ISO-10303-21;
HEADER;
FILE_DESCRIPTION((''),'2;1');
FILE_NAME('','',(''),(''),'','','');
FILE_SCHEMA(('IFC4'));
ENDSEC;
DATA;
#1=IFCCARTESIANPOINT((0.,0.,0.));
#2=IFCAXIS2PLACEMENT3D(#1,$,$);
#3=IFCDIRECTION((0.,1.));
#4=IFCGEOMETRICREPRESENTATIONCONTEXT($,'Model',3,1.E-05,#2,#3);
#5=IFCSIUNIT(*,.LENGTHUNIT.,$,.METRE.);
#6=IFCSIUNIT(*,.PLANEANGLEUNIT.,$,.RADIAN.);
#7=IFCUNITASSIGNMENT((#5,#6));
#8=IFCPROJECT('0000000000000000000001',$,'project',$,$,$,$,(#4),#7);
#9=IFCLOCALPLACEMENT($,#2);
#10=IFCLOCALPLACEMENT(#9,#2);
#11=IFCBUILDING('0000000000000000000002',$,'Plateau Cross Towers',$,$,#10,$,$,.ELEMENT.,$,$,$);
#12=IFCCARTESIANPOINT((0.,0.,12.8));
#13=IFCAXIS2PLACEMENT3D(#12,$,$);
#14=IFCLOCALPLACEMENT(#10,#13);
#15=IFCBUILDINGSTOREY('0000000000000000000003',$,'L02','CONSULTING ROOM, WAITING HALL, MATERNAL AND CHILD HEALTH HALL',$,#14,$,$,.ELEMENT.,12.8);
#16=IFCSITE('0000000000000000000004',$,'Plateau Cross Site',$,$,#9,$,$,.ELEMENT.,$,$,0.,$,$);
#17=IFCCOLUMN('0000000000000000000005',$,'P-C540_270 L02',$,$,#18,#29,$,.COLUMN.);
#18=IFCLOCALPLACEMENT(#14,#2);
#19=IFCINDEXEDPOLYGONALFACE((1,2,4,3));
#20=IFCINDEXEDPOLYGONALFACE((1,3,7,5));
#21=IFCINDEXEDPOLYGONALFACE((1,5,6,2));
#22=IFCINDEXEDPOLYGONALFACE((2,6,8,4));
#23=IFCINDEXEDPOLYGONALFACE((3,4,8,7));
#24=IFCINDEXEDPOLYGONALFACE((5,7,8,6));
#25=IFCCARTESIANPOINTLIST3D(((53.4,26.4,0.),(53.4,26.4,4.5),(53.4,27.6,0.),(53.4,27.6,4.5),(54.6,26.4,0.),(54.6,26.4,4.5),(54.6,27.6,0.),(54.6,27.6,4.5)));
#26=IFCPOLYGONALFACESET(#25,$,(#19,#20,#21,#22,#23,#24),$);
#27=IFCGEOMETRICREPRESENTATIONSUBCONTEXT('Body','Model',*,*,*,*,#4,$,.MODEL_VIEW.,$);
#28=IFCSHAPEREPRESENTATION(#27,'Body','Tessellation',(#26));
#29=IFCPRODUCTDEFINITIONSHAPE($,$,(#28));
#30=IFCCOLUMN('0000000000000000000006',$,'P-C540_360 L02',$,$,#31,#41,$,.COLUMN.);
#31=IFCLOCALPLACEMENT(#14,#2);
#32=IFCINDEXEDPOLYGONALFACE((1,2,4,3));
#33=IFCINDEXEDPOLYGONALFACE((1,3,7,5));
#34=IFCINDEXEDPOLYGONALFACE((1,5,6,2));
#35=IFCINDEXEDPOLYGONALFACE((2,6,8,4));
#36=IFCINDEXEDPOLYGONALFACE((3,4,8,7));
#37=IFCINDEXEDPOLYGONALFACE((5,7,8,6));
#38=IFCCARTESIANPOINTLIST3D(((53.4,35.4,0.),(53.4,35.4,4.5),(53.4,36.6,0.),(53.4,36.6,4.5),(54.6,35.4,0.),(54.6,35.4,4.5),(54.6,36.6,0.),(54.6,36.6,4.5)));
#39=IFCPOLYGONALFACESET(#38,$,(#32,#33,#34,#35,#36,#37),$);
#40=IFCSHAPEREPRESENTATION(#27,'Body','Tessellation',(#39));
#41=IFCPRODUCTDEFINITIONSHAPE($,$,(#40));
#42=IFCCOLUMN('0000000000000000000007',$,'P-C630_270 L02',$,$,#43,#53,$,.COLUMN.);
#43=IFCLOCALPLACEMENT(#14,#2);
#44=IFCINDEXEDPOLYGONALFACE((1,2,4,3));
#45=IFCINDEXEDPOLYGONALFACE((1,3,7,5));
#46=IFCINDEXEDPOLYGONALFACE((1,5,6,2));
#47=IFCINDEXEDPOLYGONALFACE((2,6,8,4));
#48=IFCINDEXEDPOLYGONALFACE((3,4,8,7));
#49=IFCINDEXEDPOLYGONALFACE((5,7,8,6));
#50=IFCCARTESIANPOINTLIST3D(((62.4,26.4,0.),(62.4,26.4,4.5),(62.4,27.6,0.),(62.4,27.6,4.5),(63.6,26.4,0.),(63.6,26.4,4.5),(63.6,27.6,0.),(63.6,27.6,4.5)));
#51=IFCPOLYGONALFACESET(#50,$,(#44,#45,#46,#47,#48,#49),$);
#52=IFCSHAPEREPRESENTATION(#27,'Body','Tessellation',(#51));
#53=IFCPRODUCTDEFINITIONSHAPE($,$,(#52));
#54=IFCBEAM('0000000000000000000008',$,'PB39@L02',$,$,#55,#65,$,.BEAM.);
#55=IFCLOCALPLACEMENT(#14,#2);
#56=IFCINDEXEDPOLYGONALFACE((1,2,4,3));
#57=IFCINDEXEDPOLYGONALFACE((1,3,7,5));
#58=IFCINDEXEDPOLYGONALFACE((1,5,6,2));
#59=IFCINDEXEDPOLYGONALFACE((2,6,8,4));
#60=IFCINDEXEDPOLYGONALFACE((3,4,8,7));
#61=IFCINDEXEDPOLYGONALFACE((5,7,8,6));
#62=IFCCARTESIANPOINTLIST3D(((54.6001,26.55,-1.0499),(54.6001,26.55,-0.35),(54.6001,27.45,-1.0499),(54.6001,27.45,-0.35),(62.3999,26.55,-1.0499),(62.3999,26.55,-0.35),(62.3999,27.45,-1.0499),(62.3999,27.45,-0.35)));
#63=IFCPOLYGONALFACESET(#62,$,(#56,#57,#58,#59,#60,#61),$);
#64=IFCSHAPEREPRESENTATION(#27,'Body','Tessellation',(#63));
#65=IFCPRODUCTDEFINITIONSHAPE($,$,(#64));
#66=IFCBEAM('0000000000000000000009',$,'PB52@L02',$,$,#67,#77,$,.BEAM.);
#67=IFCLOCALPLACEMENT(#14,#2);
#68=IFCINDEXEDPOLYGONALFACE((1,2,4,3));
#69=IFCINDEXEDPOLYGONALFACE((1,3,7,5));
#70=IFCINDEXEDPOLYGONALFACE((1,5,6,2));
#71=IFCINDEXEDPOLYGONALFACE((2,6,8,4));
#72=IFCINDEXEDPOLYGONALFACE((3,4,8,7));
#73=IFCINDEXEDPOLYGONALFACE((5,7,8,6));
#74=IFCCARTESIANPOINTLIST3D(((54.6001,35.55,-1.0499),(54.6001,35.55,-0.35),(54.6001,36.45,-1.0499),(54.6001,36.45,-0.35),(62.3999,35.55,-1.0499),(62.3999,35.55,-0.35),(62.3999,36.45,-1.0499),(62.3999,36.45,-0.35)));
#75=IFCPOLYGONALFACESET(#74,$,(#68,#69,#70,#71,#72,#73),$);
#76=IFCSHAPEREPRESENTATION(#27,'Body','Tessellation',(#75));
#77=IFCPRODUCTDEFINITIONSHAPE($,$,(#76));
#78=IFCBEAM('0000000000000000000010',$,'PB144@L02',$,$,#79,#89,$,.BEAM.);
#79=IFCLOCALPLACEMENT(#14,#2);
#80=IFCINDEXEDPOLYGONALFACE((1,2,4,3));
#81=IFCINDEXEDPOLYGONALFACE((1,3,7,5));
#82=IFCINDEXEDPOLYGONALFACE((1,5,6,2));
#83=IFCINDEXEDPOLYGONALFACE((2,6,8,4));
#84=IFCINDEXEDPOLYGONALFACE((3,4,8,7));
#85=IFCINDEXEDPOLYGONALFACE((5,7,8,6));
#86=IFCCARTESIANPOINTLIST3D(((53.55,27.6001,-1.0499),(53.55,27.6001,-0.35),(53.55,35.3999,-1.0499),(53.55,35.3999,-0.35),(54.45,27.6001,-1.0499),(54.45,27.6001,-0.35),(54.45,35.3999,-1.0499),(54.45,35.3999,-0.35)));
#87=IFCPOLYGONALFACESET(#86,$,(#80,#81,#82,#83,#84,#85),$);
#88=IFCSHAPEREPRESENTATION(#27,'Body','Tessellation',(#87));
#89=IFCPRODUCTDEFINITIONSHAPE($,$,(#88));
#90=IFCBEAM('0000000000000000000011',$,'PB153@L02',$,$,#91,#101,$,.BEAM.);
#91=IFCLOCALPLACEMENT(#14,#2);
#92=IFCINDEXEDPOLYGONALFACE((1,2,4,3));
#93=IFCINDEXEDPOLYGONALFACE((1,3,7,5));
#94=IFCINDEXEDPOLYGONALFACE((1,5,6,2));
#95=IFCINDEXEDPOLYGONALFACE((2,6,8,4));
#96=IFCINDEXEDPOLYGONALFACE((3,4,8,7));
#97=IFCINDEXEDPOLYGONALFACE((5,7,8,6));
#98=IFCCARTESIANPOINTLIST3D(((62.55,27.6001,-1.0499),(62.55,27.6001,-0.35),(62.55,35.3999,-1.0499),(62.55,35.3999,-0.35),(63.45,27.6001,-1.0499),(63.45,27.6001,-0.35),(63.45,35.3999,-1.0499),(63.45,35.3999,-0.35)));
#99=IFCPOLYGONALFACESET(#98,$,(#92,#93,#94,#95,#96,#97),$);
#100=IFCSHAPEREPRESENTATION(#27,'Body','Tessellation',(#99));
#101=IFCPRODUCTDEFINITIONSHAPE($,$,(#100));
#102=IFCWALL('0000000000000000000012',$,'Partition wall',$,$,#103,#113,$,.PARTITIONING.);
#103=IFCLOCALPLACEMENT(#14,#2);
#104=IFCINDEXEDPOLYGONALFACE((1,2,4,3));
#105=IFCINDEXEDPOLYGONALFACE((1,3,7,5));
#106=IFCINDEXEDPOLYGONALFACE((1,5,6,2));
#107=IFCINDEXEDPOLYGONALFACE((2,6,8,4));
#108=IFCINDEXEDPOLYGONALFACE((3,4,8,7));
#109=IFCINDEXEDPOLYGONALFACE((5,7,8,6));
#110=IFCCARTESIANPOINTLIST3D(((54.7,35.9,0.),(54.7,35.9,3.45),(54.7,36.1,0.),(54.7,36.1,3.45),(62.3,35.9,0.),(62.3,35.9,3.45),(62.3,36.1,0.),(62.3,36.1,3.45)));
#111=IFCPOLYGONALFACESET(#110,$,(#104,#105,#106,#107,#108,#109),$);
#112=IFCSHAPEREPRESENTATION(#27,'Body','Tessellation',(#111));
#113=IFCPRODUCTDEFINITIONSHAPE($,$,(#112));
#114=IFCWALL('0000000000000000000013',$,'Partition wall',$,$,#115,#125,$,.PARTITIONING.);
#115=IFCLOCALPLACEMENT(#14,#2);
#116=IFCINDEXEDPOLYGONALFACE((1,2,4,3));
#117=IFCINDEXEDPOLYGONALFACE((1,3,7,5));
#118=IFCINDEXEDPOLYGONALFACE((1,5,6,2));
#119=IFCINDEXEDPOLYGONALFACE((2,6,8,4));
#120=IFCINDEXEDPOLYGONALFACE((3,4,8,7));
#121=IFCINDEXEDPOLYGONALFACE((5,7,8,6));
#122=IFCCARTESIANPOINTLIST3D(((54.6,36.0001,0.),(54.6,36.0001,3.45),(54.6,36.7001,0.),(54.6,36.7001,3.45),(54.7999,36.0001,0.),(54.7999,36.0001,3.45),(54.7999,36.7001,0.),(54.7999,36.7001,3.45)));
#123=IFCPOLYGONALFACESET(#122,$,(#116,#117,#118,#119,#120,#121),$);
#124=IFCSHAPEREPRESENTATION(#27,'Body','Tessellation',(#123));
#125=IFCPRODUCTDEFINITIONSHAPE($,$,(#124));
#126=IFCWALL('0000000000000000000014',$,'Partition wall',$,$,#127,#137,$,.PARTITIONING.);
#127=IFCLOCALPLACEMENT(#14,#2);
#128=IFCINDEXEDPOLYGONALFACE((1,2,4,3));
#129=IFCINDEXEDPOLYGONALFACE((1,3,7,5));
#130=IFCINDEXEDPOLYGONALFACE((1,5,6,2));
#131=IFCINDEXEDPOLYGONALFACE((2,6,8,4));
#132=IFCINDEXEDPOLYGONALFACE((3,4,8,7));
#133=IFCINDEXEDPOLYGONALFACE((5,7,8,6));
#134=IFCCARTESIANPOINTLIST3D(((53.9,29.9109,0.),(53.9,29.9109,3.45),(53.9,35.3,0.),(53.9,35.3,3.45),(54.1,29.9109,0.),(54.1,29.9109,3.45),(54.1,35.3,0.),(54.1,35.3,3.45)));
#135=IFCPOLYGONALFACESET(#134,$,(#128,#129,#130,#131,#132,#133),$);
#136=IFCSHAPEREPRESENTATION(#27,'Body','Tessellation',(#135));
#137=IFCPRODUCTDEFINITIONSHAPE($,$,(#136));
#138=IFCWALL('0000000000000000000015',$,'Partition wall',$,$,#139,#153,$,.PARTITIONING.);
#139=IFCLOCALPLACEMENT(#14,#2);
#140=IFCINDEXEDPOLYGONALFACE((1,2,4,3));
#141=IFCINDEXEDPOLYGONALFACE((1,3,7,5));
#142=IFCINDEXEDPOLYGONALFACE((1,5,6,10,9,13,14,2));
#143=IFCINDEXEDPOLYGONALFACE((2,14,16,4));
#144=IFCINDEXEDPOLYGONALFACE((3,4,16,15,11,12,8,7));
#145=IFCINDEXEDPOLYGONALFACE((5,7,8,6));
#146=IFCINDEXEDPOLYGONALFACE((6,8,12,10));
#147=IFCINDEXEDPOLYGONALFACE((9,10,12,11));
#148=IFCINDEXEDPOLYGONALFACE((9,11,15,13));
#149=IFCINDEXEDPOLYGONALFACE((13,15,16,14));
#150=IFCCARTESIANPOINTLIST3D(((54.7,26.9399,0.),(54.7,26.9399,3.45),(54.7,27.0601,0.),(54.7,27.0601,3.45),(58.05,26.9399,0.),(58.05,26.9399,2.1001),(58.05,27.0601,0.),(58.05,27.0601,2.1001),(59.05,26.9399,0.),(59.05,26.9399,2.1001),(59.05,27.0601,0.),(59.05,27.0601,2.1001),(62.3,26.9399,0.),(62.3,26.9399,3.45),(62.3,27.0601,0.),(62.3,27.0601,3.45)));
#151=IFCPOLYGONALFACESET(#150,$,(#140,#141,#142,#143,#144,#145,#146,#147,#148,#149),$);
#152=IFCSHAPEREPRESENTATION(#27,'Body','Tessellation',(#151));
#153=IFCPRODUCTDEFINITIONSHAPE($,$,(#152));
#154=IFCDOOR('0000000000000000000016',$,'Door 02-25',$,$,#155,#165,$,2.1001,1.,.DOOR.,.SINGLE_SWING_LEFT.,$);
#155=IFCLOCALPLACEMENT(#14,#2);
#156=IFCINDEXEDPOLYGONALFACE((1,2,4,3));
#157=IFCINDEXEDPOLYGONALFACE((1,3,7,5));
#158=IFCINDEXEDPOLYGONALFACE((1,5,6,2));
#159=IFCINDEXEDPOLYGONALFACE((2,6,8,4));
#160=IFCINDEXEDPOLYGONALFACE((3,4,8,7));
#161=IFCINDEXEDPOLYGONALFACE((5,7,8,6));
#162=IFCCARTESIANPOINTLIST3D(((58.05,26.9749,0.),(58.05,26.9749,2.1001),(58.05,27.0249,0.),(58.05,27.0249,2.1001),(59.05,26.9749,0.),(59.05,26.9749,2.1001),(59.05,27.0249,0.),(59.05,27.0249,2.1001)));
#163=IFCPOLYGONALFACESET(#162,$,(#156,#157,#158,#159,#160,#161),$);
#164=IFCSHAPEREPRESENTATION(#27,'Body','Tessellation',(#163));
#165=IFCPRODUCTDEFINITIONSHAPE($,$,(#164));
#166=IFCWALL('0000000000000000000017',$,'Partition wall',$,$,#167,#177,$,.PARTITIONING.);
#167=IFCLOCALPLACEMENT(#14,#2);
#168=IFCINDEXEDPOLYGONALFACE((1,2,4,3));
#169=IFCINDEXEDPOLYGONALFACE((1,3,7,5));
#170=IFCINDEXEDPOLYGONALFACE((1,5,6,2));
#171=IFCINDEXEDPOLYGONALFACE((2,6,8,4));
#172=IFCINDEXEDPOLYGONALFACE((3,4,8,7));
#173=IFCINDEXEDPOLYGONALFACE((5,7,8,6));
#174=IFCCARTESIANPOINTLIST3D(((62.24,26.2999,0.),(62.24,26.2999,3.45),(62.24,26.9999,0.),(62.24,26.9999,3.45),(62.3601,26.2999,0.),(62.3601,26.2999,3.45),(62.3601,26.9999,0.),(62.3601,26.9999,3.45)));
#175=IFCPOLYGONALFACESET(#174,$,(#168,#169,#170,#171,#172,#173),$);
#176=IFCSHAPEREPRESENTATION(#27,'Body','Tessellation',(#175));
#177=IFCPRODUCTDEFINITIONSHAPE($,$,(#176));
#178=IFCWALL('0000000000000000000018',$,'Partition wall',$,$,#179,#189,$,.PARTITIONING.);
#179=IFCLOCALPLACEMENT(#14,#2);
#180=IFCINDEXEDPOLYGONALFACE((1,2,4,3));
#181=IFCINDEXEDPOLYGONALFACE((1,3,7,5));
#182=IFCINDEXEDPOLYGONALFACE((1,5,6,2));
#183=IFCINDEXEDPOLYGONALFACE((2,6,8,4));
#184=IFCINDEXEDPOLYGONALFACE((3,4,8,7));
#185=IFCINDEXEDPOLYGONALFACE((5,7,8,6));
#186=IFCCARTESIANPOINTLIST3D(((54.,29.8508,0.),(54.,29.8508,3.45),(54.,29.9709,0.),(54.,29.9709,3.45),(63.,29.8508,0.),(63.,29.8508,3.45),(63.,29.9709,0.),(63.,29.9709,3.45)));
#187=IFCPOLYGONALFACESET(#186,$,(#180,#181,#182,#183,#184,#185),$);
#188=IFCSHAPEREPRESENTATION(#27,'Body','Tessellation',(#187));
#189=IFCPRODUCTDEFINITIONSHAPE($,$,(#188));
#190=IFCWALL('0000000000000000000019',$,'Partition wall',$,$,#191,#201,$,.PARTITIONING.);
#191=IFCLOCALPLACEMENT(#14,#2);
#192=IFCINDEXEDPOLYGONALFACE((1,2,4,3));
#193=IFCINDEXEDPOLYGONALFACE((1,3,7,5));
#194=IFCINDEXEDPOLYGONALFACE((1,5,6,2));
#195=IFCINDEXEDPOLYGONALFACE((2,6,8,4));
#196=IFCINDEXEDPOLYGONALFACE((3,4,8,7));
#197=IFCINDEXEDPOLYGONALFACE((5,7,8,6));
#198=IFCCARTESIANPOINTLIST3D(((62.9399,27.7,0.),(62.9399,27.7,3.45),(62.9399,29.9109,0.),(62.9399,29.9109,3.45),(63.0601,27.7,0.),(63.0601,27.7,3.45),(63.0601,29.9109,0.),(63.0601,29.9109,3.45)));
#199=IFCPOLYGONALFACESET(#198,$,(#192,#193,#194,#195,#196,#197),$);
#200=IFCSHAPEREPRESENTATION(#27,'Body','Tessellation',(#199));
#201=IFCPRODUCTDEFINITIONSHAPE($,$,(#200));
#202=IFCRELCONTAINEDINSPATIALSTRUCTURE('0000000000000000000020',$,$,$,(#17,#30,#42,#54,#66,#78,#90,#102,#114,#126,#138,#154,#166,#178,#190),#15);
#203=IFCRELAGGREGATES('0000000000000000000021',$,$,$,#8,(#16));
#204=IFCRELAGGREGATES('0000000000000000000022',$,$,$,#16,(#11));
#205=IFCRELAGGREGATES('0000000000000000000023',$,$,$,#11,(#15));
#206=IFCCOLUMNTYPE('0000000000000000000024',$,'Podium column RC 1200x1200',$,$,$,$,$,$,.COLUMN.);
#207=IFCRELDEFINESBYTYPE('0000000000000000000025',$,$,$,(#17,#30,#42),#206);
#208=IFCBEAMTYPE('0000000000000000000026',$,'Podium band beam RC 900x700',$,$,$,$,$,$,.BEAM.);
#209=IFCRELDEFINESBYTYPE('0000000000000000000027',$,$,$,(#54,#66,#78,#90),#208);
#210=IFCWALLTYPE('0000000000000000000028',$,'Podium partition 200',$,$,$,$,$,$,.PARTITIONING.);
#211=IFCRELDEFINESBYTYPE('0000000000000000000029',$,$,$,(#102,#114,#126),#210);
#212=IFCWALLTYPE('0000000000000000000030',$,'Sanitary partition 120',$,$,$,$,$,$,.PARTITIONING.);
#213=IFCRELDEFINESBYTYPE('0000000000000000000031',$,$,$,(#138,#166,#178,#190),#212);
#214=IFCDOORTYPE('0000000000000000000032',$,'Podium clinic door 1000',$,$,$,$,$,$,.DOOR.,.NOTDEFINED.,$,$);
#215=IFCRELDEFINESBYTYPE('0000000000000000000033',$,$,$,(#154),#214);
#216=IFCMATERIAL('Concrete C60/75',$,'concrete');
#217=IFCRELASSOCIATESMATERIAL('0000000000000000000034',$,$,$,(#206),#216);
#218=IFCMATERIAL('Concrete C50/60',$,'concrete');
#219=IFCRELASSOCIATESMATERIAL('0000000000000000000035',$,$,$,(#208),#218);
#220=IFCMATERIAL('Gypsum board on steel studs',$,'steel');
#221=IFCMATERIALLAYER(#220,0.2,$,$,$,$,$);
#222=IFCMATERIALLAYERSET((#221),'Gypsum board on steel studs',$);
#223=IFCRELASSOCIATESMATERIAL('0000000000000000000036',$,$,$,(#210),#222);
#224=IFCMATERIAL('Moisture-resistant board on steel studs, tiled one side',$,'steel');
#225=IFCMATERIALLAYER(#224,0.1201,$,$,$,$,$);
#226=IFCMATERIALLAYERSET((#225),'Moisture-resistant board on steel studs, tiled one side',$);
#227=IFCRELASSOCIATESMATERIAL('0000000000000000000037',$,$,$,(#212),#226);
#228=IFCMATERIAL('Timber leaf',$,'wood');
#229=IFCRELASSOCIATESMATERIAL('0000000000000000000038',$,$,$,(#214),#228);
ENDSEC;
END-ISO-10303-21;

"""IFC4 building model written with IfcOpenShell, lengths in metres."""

from ifc_helpers import new_model, si_unit, direction, frame, frame_2d, origin, origin_2d, place, context, subcontext, project, spatial, rectangle, extrude, material, layer, layer_set, material_profile, profile_set, type_object, element, fill, save


model = new_model("IFC4")

# Units and contexts
model_context = context("Model", 3, precision=1e-05, world=origin(), true_north=direction((0.0, 1.0)))
body_context = subcontext(model_context, "Body", "Model", "MODEL_VIEW")
ifc_project = project(units=[si_unit("LENGTHUNIT", "METRE"), si_unit("PLANEANGLEUNIT", "RADIAN")], contexts=[model_context])

# Site, building, storey
site_placement = place(None, origin())
site = spatial("IfcSite", under=ifc_project, at=site_placement, Name="Plateau Cross Site", CompositionType="ELEMENT", RefElevation=0.0)
building_placement = place(site_placement, origin())
building = spatial("IfcBuilding", under=site, at=building_placement, Name="Plateau Cross Towers", CompositionType="ELEMENT")
storey_placement = place(building_placement, frame((0.0, 0.0, 12.8)))
storey = spatial("IfcBuildingStorey", under=building, at=storey_placement, Name="L02", Description="CONSULTING ROOM, WAITING HALL, MATERNAL AND CHILD HEALTH HALL", CompositionType="ELEMENT", Elevation=12.8)

# Columns
ifc_material_1 = material(Name="Concrete C60/75", Category="concrete")
ifc_material_profile_1 = material_profile(ifc_material_1, rectangle(XDim=1.2, YDim=1.2, at=origin_2d()), Name="RC 1200x1200")
ifc_profile_set_1 = profile_set([ifc_material_profile_1], Name="Concrete C60/75")
column_type = type_object("IfcColumnType", Name="Podium column RC 1200x1200", PredefinedType="COLUMN", material=ifc_profile_set_1)
for number, where, z_axis, x_axis, name in (
    (1, (54.0, 27.0, 0.0), (0.0, 0.0, 1.0), (1.0, 0.0, 0.0), "P-C540_270 L02"),
    (2, (54.0, 36.0, 0.0), (0.0, 0.0, 1.0), (1.0, 0.0, 0.0), "P-C540_360 L02"),
    (3, (63.0, 27.0, 0.0), (0.0, 0.0, 1.0), (1.0, 0.0, 0.0), "P-C630_270 L02"),
):
    element("IfcColumn", number, at=place(storey_placement, frame(where, z_axis=z_axis, x_axis=x_axis)), inside=storey, type_object=column_type, Name=name, PredefinedType="COLUMN", context=body_context, shape_type="SweptSolid", body=[
        extrude(rectangle(XDim=1.2, YDim=1.2, at=origin_2d()), origin(), (0.0, 0.0, 1.0), 4.5),
    ])

# Beams
ifc_material_2 = material(Name="Concrete C50/60", Category="concrete")
ifc_material_profile_2 = material_profile(ifc_material_2, rectangle(XDim=0.8999, YDim=0.7, at=origin_2d()), Name="RC 900x700")
ifc_profile_set_2 = profile_set([ifc_material_profile_2], Name="Concrete C50/60")
beam_type = type_object("IfcBeamType", Name="Podium band beam RC 900x700", PredefinedType="BEAM", material=ifc_profile_set_2)
for number, where, z_axis, x_axis, name in (
    (4, (54.6001, 27.0, -0.7), (1.0, 0.0, 0.0), (0.0, 1.0, 0.0), "PB39@L02"),
    (5, (54.6001, 36.0, -0.7), (1.0, 0.0, 0.0), (0.0, 1.0, 0.0), "PB52@L02"),
    (6, (54.0, 27.6001, -0.7), (0.0, 1.0, 0.0), (-1.0, 0.0, 0.0), "PB144@L02"),
    (7, (63.0, 27.6001, -0.7), (0.0, 1.0, 0.0), (-1.0, 0.0, 0.0), "PB153@L02"),
):
    element("IfcBeam", number, at=place(storey_placement, frame(where, z_axis=z_axis, x_axis=x_axis)), inside=storey, type_object=beam_type, Name=name, PredefinedType="BEAM", context=body_context, shape_type="SweptSolid", body=[
        extrude(rectangle(XDim=0.8999, YDim=0.7, at=origin_2d()), origin(), (0.0, 0.0, 1.0), 7.7998),
    ])

# Walls
ifc_material_3 = material(Name="Gypsum board on steel studs", Category="steel")
ifc_layer_1 = layer(ifc_material_3, 0.2)
ifc_layer_set_1 = layer_set([ifc_layer_1], Name="Gypsum board on steel studs")
wall_type_1 = type_object("IfcWallType", Name="Podium partition 200", PredefinedType="PARTITIONING", material=ifc_layer_set_1)
wall_1_placement = place(storey_placement, frame((62.3, 36.0, 0.0), z_axis=(0.0, 0.0, 1.0), x_axis=(-1.0, 0.0, 0.0)))
element("IfcWall", 8, at=wall_1_placement, inside=storey, type_object=wall_type_1, Name="Partition wall", PredefinedType="PARTITIONING", context=body_context, shape_type="SweptSolid", body=[
    extrude(rectangle(XDim=7.6001, YDim=0.2, at=frame_2d((3.8, 0.0))), origin(), (0.0, 0.0, 1.0), 3.45),
])
wall_2_placement = place(storey_placement, frame((54.7, 36.0, 0.0), z_axis=(0.0, 0.0, 1.0), x_axis=(0.0, 1.0, 0.0)))
element("IfcWall", 9, at=wall_2_placement, inside=storey, type_object=wall_type_1, Name="Partition wall", PredefinedType="PARTITIONING", context=body_context, shape_type="SweptSolid", body=[
    extrude(rectangle(XDim=0.7, YDim=0.2, at=frame_2d((0.3501, 0.0))), origin(), (0.0, 0.0, 1.0), 3.45),
])
wall_3_placement = place(storey_placement, frame((54.0, 35.3, 0.0), z_axis=(0.0, 0.0, 1.0), x_axis=(0.0, -1.0, 0.0)))
element("IfcWall", 10, at=wall_3_placement, inside=storey, type_object=wall_type_1, Name="Partition wall", PredefinedType="PARTITIONING", context=body_context, shape_type="SweptSolid", body=[
    extrude(rectangle(XDim=5.3892, YDim=0.2, at=frame_2d((2.6946, 0.0))), origin(), (0.0, 0.0, 1.0), 3.45),
])

# Wall, opening, door
ifc_material_4 = material(Name="Moisture-resistant board on steel studs, tiled one side", Category="steel")
ifc_layer_2 = layer(ifc_material_4, 0.1201)
ifc_layer_set_2 = layer_set([ifc_layer_2], Name="Moisture-resistant board on steel studs, tiled one side")
wall_type_2 = type_object("IfcWallType", Name="Sanitary partition 120", PredefinedType="PARTITIONING", material=ifc_layer_set_2)
wall_4_placement = place(storey_placement, frame((54.7, 27.0, 0.0), z_axis=(0.0, 0.0, 1.0), x_axis=(1.0, 0.0, 0.0)))
wall_4 = element("IfcWall", 11, at=wall_4_placement, inside=storey, type_object=wall_type_2, Name="Partition wall", PredefinedType="PARTITIONING", context=body_context, shape_type="SweptSolid", body=[
    extrude(rectangle(XDim=7.6001, YDim=0.1201, at=frame_2d((3.8, 0.0))), origin(), (0.0, 0.0, 1.0), 3.45),
])
opening_placement = place(wall_4_placement, frame((3.3501, 0.0, 0.0)))
opening = element("IfcOpeningElement", 12, at=opening_placement, cuts=wall_4, PredefinedType="OPENING", context=body_context, shape_type="SweptSolid", body=[
    extrude(rectangle(XDim=1.0, YDim=2.1001, at=frame_2d((0.5, 1.05))), frame((0.0, 0.0701, 0.0), z_axis=(0.0, -1.0, 0.0), x_axis=(1.0, 0.0, 0.0)), (0.0, 0.0, 1.0), 0.1401),
])
ifc_material_5 = material(Name="Timber leaf", Category="wood")
door_type = type_object("IfcDoorType", Name="Podium clinic door 1000", OperationType="NOTDEFINED", PredefinedType="DOOR", material=ifc_material_5)
door_placement = place(opening_placement, origin())
door = element("IfcDoor", 13, at=door_placement, inside=storey, type_object=door_type, Name="Door 02-25", OperationType="SINGLE_SWING_LEFT", OverallHeight=2.1001, OverallWidth=1.0, PredefinedType="DOOR", context=body_context, shape_type="SweptSolid", body=[
    extrude(rectangle(XDim=1.0, YDim=2.1001, at=frame_2d((0.5, 1.05))), frame((0.0, 0.0249, 0.0), z_axis=(0.0, -1.0, 0.0), x_axis=(1.0, 0.0, 0.0)), (0.0, 0.0, 1.0), 0.05),
])
fill(opening, door)

# Walls
wall_5_placement = place(storey_placement, frame((62.3, 27.0, 0.0), z_axis=(0.0, 0.0, 1.0), x_axis=(0.0, -1.0, 0.0)))
element("IfcWall", 14, at=wall_5_placement, inside=storey, type_object=wall_type_2, Name="Partition wall", PredefinedType="PARTITIONING", context=body_context, shape_type="SweptSolid", body=[
    extrude(rectangle(XDim=0.7, YDim=0.1201, at=frame_2d((0.3501, 0.0))), origin(), (0.0, 0.0, 1.0), 3.45),
])
wall_6_placement = place(storey_placement, frame((54.0, 29.9109, 0.0), z_axis=(0.0, 0.0, 1.0), x_axis=(1.0, 0.0, 0.0)))
element("IfcWall", 15, at=wall_6_placement, inside=storey, type_object=wall_type_2, Name="Partition wall", PredefinedType="PARTITIONING", context=body_context, shape_type="SweptSolid", body=[
    extrude(rectangle(XDim=9.0, YDim=0.1201, at=frame_2d((4.5, 0.0))), origin(), (0.0, 0.0, 1.0), 3.45),
])
wall_7_placement = place(storey_placement, frame((63.0, 29.9109, 0.0), z_axis=(0.0, 0.0, 1.0), x_axis=(0.0, -1.0, 0.0)))
element("IfcWall", 16, at=wall_7_placement, inside=storey, type_object=wall_type_2, Name="Partition wall", PredefinedType="PARTITIONING", context=body_context, shape_type="SweptSolid", body=[
    extrude(rectangle(XDim=2.2109, YDim=0.1201, at=frame_2d((1.1055, 0.0))), origin(), (0.0, 0.0, 1.0), 3.45),
])

save(model, "model.ifc")
